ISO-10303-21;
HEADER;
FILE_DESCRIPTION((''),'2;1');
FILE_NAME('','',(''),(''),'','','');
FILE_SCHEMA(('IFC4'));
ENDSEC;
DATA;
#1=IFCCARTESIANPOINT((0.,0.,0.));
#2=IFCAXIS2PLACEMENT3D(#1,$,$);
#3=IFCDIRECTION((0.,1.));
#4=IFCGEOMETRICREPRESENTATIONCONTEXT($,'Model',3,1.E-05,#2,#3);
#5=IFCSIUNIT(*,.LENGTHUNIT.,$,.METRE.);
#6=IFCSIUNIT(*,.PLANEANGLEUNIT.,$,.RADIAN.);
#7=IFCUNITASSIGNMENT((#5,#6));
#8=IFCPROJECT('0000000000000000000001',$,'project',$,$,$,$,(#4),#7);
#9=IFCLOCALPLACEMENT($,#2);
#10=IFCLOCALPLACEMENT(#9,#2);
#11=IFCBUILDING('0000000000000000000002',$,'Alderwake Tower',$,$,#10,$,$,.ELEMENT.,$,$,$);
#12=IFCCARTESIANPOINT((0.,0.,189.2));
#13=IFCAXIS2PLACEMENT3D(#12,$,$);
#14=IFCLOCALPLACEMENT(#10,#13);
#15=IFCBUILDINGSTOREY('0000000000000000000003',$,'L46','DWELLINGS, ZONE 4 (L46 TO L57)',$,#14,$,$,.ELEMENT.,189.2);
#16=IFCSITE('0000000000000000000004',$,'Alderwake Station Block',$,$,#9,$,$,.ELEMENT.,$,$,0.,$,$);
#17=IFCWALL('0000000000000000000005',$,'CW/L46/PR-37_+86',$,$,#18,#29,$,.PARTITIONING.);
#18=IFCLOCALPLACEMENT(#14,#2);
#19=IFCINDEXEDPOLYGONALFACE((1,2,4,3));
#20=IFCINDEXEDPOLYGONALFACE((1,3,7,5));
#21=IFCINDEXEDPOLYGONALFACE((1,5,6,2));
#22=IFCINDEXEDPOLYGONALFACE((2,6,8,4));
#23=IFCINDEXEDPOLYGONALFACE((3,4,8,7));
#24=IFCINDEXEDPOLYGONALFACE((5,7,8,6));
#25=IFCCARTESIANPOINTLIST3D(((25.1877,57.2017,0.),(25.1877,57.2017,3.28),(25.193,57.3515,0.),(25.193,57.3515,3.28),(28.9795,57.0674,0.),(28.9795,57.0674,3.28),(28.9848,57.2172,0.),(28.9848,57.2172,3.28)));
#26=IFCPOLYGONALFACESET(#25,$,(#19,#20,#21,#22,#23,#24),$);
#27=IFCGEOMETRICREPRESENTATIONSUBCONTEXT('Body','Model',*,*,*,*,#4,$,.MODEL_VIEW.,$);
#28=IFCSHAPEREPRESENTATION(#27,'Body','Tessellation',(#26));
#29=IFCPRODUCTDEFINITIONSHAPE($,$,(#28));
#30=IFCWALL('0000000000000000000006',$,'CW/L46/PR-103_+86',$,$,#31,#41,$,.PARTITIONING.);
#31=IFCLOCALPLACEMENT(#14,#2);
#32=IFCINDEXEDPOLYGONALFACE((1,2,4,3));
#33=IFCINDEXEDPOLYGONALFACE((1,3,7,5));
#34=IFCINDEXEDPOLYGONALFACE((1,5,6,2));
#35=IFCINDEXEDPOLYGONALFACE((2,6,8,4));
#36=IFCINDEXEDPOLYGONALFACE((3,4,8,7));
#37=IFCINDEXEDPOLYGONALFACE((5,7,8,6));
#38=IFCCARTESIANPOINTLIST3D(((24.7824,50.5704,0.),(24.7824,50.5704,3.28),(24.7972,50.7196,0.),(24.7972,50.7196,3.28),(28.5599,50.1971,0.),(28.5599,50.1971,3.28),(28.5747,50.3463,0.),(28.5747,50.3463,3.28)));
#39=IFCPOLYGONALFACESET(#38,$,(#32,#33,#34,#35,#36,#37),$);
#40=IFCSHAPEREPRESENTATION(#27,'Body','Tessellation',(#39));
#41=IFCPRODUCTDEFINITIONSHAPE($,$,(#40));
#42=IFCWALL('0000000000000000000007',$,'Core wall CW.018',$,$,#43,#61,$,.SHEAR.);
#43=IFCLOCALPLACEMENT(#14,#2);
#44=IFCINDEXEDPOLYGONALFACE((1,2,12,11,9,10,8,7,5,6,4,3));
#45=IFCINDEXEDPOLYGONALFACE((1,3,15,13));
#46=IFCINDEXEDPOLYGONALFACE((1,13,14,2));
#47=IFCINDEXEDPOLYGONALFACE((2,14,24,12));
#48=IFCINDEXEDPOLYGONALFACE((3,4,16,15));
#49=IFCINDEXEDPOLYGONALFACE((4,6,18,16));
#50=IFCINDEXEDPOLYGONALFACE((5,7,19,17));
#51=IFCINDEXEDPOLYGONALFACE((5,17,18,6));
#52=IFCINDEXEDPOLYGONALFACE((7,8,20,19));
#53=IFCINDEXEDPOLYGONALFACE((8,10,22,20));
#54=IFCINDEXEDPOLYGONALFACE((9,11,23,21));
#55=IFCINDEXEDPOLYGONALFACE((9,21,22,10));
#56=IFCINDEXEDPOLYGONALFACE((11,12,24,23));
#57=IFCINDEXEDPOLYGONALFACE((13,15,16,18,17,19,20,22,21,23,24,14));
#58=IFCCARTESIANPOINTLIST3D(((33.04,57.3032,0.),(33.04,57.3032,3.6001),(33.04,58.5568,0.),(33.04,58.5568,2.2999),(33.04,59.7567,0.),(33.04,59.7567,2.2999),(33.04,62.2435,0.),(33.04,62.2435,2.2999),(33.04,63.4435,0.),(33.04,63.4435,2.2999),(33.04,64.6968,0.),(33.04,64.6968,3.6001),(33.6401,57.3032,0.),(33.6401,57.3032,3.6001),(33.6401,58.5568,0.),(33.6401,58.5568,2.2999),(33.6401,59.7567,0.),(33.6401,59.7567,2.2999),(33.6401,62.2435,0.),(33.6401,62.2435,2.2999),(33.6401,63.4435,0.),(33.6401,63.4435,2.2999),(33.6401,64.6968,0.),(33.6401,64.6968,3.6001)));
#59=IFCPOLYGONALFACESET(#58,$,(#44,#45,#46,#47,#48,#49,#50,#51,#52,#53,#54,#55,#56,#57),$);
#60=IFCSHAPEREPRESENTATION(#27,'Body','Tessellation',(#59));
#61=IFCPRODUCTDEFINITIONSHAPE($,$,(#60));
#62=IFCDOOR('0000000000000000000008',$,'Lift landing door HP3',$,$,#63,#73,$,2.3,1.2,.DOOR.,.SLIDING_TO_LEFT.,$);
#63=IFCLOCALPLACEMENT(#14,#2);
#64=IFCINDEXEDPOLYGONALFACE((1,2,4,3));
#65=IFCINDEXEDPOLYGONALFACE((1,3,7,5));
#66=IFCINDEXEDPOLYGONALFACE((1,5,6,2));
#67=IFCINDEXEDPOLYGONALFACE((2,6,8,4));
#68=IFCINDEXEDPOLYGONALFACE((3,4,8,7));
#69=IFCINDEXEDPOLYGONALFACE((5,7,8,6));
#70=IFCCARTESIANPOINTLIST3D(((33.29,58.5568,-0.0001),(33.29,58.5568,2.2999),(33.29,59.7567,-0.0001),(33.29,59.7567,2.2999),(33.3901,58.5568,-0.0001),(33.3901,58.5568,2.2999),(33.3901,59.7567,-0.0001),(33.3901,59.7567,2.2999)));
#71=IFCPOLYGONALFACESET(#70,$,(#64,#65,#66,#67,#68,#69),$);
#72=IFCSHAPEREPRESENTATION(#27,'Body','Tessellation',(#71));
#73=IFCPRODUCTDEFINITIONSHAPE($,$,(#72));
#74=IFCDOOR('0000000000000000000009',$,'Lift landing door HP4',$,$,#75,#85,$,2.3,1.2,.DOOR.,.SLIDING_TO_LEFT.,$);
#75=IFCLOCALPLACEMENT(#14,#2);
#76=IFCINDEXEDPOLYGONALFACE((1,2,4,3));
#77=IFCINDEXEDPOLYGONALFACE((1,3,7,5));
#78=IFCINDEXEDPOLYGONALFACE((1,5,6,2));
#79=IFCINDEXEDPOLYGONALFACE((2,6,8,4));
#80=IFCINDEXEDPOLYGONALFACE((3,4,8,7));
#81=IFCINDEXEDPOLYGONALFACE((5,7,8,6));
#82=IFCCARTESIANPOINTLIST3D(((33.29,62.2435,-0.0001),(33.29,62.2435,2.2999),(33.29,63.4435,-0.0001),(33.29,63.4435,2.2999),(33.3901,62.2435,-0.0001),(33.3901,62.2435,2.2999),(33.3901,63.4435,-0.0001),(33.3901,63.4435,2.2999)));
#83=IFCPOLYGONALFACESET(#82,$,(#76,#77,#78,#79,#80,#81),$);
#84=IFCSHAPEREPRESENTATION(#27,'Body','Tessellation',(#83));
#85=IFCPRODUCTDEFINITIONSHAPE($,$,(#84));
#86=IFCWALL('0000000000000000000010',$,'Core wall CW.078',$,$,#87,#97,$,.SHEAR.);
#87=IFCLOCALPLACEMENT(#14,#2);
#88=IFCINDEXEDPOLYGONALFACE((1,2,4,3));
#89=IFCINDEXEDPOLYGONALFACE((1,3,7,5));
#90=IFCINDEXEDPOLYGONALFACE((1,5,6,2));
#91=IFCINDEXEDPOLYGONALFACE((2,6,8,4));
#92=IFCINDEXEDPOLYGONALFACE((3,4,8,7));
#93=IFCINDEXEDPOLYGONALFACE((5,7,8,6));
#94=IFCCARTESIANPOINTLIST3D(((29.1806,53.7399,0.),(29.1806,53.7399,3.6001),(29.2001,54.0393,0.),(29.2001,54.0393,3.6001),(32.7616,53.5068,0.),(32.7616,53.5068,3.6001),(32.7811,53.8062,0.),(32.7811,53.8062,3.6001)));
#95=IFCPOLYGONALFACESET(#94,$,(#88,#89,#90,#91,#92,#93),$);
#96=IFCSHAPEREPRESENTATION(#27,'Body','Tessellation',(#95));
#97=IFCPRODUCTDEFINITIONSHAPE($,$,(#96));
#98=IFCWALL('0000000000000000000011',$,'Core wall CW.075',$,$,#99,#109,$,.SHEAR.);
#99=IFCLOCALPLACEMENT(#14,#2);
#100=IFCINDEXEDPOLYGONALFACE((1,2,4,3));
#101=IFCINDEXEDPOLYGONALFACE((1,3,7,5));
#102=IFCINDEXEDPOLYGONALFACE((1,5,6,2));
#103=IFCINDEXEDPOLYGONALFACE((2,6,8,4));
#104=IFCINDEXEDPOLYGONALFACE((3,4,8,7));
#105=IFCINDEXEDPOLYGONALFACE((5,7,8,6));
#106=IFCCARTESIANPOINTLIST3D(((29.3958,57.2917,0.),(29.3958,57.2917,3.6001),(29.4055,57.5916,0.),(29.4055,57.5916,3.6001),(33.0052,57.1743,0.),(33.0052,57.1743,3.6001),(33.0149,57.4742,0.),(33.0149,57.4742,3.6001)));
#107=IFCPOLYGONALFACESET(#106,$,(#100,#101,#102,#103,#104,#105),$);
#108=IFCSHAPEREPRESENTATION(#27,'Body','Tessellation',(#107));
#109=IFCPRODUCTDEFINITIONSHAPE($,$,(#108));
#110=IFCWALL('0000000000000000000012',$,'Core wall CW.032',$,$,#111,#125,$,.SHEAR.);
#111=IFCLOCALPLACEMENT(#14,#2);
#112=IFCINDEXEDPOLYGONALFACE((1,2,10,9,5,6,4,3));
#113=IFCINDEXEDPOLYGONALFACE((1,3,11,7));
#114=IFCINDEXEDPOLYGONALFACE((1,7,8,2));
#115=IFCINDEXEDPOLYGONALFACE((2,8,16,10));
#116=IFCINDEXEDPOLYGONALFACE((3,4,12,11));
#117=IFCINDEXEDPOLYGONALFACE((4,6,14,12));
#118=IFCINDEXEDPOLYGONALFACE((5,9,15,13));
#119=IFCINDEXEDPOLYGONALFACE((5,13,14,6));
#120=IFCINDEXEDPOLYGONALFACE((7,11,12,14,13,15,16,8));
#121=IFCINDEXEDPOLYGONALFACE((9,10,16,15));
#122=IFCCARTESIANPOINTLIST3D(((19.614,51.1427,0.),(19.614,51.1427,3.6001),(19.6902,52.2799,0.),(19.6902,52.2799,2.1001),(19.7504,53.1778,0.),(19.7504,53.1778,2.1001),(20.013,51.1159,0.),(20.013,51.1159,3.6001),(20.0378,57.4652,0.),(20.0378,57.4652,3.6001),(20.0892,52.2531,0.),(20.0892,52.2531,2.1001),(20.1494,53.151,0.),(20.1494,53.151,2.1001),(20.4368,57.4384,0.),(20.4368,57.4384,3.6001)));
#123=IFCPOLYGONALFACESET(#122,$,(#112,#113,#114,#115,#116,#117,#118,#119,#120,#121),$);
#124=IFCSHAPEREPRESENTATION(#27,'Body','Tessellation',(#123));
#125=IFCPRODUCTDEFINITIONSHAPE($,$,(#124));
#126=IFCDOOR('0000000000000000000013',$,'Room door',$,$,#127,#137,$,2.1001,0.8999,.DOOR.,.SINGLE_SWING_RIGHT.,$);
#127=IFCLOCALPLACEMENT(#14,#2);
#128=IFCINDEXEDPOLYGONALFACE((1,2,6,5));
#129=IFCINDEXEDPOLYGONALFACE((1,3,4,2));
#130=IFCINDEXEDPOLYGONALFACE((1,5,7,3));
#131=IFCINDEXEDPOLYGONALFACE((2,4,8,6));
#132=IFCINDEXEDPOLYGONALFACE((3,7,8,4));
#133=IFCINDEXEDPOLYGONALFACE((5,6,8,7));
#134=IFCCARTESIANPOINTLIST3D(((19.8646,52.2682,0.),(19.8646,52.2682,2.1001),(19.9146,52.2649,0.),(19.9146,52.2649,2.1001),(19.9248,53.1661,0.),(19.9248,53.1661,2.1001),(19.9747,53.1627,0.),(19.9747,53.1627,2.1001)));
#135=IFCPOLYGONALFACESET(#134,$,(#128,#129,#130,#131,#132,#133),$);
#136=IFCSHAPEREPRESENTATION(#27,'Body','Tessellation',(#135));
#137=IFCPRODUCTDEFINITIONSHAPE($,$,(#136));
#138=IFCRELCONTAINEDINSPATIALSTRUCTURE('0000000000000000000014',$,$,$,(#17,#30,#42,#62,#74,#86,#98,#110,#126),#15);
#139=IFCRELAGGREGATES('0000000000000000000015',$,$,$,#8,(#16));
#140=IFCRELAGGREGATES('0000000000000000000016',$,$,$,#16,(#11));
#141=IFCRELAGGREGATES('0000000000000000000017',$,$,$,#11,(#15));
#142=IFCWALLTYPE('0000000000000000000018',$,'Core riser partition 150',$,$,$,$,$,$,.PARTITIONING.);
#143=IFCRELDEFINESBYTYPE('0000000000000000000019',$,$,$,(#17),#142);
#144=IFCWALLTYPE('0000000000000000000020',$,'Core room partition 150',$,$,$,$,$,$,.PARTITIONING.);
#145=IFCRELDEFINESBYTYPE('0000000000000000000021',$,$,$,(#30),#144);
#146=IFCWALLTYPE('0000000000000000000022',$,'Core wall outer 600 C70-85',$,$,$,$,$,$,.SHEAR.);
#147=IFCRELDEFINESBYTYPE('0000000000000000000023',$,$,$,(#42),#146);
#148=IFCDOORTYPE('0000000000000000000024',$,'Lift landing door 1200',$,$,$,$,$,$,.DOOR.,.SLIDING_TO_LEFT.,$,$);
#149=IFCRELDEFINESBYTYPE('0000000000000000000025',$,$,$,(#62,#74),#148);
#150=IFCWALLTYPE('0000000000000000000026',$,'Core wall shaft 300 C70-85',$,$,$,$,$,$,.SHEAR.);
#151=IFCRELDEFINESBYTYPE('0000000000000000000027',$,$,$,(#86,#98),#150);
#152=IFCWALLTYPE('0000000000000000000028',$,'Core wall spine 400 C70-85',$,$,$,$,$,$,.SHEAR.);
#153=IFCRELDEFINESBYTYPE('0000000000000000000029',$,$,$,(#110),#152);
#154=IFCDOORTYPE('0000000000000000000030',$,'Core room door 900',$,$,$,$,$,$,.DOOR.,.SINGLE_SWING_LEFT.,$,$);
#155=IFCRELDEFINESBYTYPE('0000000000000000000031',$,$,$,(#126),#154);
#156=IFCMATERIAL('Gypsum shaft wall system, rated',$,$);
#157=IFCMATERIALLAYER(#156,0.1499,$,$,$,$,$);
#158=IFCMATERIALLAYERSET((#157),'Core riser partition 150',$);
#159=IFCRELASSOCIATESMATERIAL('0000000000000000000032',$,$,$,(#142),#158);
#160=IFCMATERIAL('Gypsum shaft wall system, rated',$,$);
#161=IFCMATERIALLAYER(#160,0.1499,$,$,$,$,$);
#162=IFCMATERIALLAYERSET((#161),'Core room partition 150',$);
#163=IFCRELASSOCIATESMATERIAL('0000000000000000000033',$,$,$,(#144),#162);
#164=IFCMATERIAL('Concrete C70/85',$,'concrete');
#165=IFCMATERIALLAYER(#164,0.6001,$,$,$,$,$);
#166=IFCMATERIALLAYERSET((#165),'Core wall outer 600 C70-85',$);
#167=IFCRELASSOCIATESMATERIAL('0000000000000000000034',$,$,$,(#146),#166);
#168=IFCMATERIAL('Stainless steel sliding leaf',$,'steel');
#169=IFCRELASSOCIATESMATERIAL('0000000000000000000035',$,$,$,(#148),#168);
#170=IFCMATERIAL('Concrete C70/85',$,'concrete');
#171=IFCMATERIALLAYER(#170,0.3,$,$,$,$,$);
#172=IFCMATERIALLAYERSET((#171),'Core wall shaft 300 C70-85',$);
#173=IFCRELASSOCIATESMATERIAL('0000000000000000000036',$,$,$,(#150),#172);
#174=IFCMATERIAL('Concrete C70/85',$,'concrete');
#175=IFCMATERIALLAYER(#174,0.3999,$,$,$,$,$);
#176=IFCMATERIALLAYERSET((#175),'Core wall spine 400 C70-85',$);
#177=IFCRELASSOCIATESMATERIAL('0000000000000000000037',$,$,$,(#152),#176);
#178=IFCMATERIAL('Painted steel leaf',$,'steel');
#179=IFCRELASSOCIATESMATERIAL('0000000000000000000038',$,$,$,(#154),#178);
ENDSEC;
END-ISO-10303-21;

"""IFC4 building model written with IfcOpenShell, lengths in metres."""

from ifc_helpers import new_model, si_unit, direction, frame, frame_2d, origin, place, context, subcontext, project, spatial, rectangle, extrude, material, layer, layer_set, type_object, element, fill, save


model = new_model("IFC4")

# Units and contexts
model_context = context("Model", 3, precision=1e-05, world=origin(), true_north=direction((0.0, 1.0)))
body_context = subcontext(model_context, "Body", "Model", "MODEL_VIEW")
ifc_project = project(units=[si_unit("LENGTHUNIT", "METRE"), si_unit("PLANEANGLEUNIT", "RADIAN")], contexts=[model_context])

# Site, building, storey
site_placement = place(None, origin())
site = spatial("IfcSite", under=ifc_project, at=site_placement, Name="Alderwake Station Block", CompositionType="ELEMENT", RefElevation=0.0)
building_placement = place(site_placement, origin())
building = spatial("IfcBuilding", under=site, at=building_placement, Name="Alderwake Tower", CompositionType="ELEMENT")
storey_placement = place(building_placement, frame((0.0, 0.0, 189.2)))
storey = spatial("IfcBuildingStorey", under=building, at=storey_placement, Name="L46", Description="DWELLINGS, ZONE 4 (L46 TO L57)", CompositionType="ELEMENT", Elevation=189.2)

# Walls
ifc_material_1 = material(Name="Gypsum shaft wall system, rated")
ifc_layer_1 = layer(ifc_material_1, 0.1499)
ifc_layer_set_1 = layer_set([ifc_layer_1], Name="Core riser partition 150")
wall_type_1 = type_object("IfcWallType", Name="Core riser partition 150", PredefinedType="PARTITIONING", material=ifc_layer_set_1)
wall_1_placement = place(storey_placement, frame((25.1904, 57.2766, 0.0), z_axis=(0.0, 0.0, 1.0), x_axis=(0.999374, -0.035391, 0.0)))
element("IfcWall", 1, at=wall_1_placement, inside=storey, type_object=wall_type_1, Name="CW/L46/PR-37_+86", PredefinedType="PARTITIONING", context=body_context, shape_type="SweptSolid", body=[
    extrude(rectangle(XDim=3.7942, YDim=0.1499, at=frame_2d((1.897, 0.0))), origin(), (0.0, 0.0, 1.0), 3.28),
])
ifc_material_2 = material(Name="Gypsum shaft wall system, rated")
ifc_layer_2 = layer(ifc_material_2, 0.1499)
ifc_layer_set_2 = layer_set([ifc_layer_2], Name="Core room partition 150")
wall_type_2 = type_object("IfcWallType", Name="Core room partition 150", PredefinedType="PARTITIONING", material=ifc_layer_set_2)
wall_2_placement = place(storey_placement, frame((24.7898, 50.645, 0.0), z_axis=(0.0, 0.0, 1.0), x_axis=(0.995153, -0.098338, 0.0)))
element("IfcWall", 2, at=wall_2_placement, inside=storey, type_object=wall_type_2, Name="CW/L46/PR-103_+86", PredefinedType="PARTITIONING", context=body_context, shape_type="SweptSolid", body=[
    extrude(rectangle(XDim=3.7959, YDim=0.1499, at=frame_2d((1.8979, 0.0))), origin(), (0.0, 0.0, 1.0), 3.28),
])

# Wall, openings, doors
ifc_material_3 = material(Name="Concrete C70/85", Category="concrete")
ifc_layer_3 = layer(ifc_material_3, 0.6001)
ifc_layer_set_3 = layer_set([ifc_layer_3], Name="Core wall outer 600 C70-85")
wall_type_3 = type_object("IfcWallType", Name="Core wall outer 600 C70-85", PredefinedType="SHEAR", material=ifc_layer_set_3)
wall_3_placement = place(storey_placement, frame((33.3401, 57.3032, 0.0), z_axis=(0.0, 0.0, 1.0), x_axis=(0.0, 1.0, 0.0)))
wall_3 = element("IfcWall", 3, at=wall_3_placement, inside=storey, type_object=wall_type_3, Name="Core wall CW.018", PredefinedType="SHEAR", context=body_context, shape_type="SweptSolid", body=[
    extrude(rectangle(XDim=7.3936, YDim=0.6001, at=frame_2d((3.6968, 0.0))), origin(), (0.0, 0.0, 1.0), 3.6001),
])
opening_1_placement = place(wall_3_placement, frame((1.2534, 0.0, 0.0)))
opening_1 = element("IfcOpeningElement", 4, at=opening_1_placement, cuts=wall_3, PredefinedType="OPENING", context=body_context, shape_type="SweptSolid", body=[
    extrude(rectangle(XDim=1.2, YDim=2.3, at=frame_2d((0.6001, 1.1499))), frame((0.0, 0.3101, 0.0), z_axis=(0.0, -1.0, 0.0), x_axis=(1.0, 0.0, 0.0)), (0.0, 0.0, 1.0), 0.6201),
])
opening_2_placement = place(wall_3_placement, frame((4.9402, 0.0, 0.0)))
opening_2 = element("IfcOpeningElement", 5, at=opening_2_placement, cuts=wall_3, PredefinedType="OPENING", context=body_context, shape_type="SweptSolid", body=[
    extrude(rectangle(XDim=1.2, YDim=2.3, at=frame_2d((0.6001, 1.1499))), frame((0.0, 0.3101, 0.0), z_axis=(0.0, -1.0, 0.0), x_axis=(1.0, 0.0, 0.0)), (0.0, 0.0, 1.0), 0.6201),
])
ifc_material_4 = material(Name="Stainless steel sliding leaf", Category="steel")
door_type_1 = type_object("IfcDoorType", Name="Lift landing door 1200", OperationType="SLIDING_TO_LEFT", PredefinedType="DOOR", material=ifc_material_4)
door_1_placement = place(opening_1_placement, origin())
door_1 = element("IfcDoor", 6, at=door_1_placement, inside=storey, type_object=door_type_1, Name="Lift landing door HP3", OperationType="SLIDING_TO_LEFT", OverallHeight=2.3, OverallWidth=1.2, PredefinedType="DOOR", context=body_context, shape_type="SweptSolid", body=[
    extrude(rectangle(XDim=1.2, YDim=2.3, at=frame_2d((0.6001, 1.1499))), frame((0.0, 0.05, 0.0), z_axis=(0.0, -1.0, 0.0), x_axis=(1.0, 0.0, 0.0)), (0.0, 0.0, 1.0), 0.1001),
])
fill(opening_1, door_1)
door_2_placement = place(opening_2_placement, origin())
door_2 = element("IfcDoor", 7, at=door_2_placement, inside=storey, type_object=door_type_1, Name="Lift landing door HP4", OperationType="SLIDING_TO_LEFT", OverallHeight=2.3, OverallWidth=1.2, PredefinedType="DOOR", context=body_context, shape_type="SweptSolid", body=[
    extrude(rectangle(XDim=1.2, YDim=2.3, at=frame_2d((0.6001, 1.1499))), frame((0.0, 0.05, 0.0), z_axis=(0.0, -1.0, 0.0), x_axis=(1.0, 0.0, 0.0)), (0.0, 0.0, 1.0), 0.1001),
])
fill(opening_2, door_2)

# Walls
ifc_material_5 = material(Name="Concrete C70/85", Category="concrete")
ifc_layer_4 = layer(ifc_material_5, 0.3)
ifc_layer_set_4 = layer_set([ifc_layer_4], Name="Core wall shaft 300 C70-85")
wall_type_4 = type_object("IfcWallType", Name="Core wall shaft 300 C70-85", PredefinedType="SHEAR", material=ifc_layer_set_4)
wall_4_placement = place(storey_placement, frame((29.1902, 53.8896, 0.0), z_axis=(0.0, 0.0, 1.0), x_axis=(0.997887, -0.06497, 0.0)))
element("IfcWall", 8, at=wall_4_placement, inside=storey, type_object=wall_type_4, Name="Core wall CW.078", PredefinedType="SHEAR", context=body_context, shape_type="SweptSolid", body=[
    extrude(rectangle(XDim=3.5886, YDim=0.3, at=frame_2d((1.7944, 0.0))), origin(), (0.0, 0.0, 1.0), 3.6001),
])
wall_5_placement = place(storey_placement, frame((29.4006, 57.4417, 0.0), z_axis=(0.0, 0.0, 1.0), x_axis=(0.999471, -0.032518, 0.0)))
element("IfcWall", 9, at=wall_5_placement, inside=storey, type_object=wall_type_4, Name="Core wall CW.075", PredefinedType="SHEAR", context=body_context, shape_type="SweptSolid", body=[
    extrude(rectangle(XDim=3.6113, YDim=0.3, at=frame_2d((1.8057, 0.0))), origin(), (0.0, 0.0, 1.0), 3.6001),
])

# Wall, opening, door
ifc_material_6 = material(Name="Concrete C70/85", Category="concrete")
ifc_layer_5 = layer(ifc_material_6, 0.3999)
ifc_layer_set_5 = layer_set([ifc_layer_5], Name="Core wall spine 400 C70-85")
wall_type_5 = type_object("IfcWallType", Name="Core wall spine 400 C70-85", PredefinedType="SHEAR", material=ifc_layer_set_5)
wall_6_placement = place(storey_placement, frame((20.2373, 57.4519, 0.0), z_axis=(0.0, 0.0, 1.0), x_axis=(-0.066885, -0.997761, 0.0)))
wall_6 = element("IfcWall", 10, at=wall_6_placement, inside=storey, type_object=wall_type_5, Name="Core wall CW.032", PredefinedType="SHEAR", context=body_context, shape_type="SweptSolid", body=[
    extrude(rectangle(XDim=6.3367, YDim=0.3999, at=frame_2d((3.1685, 0.0))), origin(), (0.0, 0.0, 1.0), 3.6001),
])
opening_3_placement = place(wall_6_placement, frame((4.2971, 0.0, 0.0)))
opening_3 = element("IfcOpeningElement", 11, at=opening_3_placement, cuts=wall_6, PredefinedType="OPENING", context=body_context, shape_type="SweptSolid", body=[
    extrude(rectangle(XDim=0.8999, YDim=2.1001, at=frame_2d((0.45, 1.05))), frame((0.0, 0.21, 0.0), z_axis=(0.0, -1.0, 0.0), x_axis=(1.0, 0.0, 0.0)), (0.0, 0.0, 1.0), 0.4199),
])
ifc_material_7 = material(Name="Painted steel leaf", Category="steel")
door_type_2 = type_object("IfcDoorType", Name="Core room door 900", OperationType="SINGLE_SWING_LEFT", PredefinedType="DOOR", material=ifc_material_7)
door_3_placement = place(opening_3_placement, origin())
door_3 = element("IfcDoor", 12, at=door_3_placement, inside=storey, type_object=door_type_2, Name="Room door", OperationType="SINGLE_SWING_RIGHT", OverallHeight=2.1001, OverallWidth=0.8999, PredefinedType="DOOR", context=body_context, shape_type="SweptSolid", body=[
    extrude(rectangle(XDim=0.8999, YDim=2.1001, at=frame_2d((0.45, 1.05))), frame((0.0, 0.0249, 0.0), z_axis=(0.0, -1.0, 0.0), x_axis=(1.0, 0.0, 0.0)), (0.0, 0.0, 1.0), 0.05),
])
fill(opening_3, door_3)

save(model, "model.ifc")
